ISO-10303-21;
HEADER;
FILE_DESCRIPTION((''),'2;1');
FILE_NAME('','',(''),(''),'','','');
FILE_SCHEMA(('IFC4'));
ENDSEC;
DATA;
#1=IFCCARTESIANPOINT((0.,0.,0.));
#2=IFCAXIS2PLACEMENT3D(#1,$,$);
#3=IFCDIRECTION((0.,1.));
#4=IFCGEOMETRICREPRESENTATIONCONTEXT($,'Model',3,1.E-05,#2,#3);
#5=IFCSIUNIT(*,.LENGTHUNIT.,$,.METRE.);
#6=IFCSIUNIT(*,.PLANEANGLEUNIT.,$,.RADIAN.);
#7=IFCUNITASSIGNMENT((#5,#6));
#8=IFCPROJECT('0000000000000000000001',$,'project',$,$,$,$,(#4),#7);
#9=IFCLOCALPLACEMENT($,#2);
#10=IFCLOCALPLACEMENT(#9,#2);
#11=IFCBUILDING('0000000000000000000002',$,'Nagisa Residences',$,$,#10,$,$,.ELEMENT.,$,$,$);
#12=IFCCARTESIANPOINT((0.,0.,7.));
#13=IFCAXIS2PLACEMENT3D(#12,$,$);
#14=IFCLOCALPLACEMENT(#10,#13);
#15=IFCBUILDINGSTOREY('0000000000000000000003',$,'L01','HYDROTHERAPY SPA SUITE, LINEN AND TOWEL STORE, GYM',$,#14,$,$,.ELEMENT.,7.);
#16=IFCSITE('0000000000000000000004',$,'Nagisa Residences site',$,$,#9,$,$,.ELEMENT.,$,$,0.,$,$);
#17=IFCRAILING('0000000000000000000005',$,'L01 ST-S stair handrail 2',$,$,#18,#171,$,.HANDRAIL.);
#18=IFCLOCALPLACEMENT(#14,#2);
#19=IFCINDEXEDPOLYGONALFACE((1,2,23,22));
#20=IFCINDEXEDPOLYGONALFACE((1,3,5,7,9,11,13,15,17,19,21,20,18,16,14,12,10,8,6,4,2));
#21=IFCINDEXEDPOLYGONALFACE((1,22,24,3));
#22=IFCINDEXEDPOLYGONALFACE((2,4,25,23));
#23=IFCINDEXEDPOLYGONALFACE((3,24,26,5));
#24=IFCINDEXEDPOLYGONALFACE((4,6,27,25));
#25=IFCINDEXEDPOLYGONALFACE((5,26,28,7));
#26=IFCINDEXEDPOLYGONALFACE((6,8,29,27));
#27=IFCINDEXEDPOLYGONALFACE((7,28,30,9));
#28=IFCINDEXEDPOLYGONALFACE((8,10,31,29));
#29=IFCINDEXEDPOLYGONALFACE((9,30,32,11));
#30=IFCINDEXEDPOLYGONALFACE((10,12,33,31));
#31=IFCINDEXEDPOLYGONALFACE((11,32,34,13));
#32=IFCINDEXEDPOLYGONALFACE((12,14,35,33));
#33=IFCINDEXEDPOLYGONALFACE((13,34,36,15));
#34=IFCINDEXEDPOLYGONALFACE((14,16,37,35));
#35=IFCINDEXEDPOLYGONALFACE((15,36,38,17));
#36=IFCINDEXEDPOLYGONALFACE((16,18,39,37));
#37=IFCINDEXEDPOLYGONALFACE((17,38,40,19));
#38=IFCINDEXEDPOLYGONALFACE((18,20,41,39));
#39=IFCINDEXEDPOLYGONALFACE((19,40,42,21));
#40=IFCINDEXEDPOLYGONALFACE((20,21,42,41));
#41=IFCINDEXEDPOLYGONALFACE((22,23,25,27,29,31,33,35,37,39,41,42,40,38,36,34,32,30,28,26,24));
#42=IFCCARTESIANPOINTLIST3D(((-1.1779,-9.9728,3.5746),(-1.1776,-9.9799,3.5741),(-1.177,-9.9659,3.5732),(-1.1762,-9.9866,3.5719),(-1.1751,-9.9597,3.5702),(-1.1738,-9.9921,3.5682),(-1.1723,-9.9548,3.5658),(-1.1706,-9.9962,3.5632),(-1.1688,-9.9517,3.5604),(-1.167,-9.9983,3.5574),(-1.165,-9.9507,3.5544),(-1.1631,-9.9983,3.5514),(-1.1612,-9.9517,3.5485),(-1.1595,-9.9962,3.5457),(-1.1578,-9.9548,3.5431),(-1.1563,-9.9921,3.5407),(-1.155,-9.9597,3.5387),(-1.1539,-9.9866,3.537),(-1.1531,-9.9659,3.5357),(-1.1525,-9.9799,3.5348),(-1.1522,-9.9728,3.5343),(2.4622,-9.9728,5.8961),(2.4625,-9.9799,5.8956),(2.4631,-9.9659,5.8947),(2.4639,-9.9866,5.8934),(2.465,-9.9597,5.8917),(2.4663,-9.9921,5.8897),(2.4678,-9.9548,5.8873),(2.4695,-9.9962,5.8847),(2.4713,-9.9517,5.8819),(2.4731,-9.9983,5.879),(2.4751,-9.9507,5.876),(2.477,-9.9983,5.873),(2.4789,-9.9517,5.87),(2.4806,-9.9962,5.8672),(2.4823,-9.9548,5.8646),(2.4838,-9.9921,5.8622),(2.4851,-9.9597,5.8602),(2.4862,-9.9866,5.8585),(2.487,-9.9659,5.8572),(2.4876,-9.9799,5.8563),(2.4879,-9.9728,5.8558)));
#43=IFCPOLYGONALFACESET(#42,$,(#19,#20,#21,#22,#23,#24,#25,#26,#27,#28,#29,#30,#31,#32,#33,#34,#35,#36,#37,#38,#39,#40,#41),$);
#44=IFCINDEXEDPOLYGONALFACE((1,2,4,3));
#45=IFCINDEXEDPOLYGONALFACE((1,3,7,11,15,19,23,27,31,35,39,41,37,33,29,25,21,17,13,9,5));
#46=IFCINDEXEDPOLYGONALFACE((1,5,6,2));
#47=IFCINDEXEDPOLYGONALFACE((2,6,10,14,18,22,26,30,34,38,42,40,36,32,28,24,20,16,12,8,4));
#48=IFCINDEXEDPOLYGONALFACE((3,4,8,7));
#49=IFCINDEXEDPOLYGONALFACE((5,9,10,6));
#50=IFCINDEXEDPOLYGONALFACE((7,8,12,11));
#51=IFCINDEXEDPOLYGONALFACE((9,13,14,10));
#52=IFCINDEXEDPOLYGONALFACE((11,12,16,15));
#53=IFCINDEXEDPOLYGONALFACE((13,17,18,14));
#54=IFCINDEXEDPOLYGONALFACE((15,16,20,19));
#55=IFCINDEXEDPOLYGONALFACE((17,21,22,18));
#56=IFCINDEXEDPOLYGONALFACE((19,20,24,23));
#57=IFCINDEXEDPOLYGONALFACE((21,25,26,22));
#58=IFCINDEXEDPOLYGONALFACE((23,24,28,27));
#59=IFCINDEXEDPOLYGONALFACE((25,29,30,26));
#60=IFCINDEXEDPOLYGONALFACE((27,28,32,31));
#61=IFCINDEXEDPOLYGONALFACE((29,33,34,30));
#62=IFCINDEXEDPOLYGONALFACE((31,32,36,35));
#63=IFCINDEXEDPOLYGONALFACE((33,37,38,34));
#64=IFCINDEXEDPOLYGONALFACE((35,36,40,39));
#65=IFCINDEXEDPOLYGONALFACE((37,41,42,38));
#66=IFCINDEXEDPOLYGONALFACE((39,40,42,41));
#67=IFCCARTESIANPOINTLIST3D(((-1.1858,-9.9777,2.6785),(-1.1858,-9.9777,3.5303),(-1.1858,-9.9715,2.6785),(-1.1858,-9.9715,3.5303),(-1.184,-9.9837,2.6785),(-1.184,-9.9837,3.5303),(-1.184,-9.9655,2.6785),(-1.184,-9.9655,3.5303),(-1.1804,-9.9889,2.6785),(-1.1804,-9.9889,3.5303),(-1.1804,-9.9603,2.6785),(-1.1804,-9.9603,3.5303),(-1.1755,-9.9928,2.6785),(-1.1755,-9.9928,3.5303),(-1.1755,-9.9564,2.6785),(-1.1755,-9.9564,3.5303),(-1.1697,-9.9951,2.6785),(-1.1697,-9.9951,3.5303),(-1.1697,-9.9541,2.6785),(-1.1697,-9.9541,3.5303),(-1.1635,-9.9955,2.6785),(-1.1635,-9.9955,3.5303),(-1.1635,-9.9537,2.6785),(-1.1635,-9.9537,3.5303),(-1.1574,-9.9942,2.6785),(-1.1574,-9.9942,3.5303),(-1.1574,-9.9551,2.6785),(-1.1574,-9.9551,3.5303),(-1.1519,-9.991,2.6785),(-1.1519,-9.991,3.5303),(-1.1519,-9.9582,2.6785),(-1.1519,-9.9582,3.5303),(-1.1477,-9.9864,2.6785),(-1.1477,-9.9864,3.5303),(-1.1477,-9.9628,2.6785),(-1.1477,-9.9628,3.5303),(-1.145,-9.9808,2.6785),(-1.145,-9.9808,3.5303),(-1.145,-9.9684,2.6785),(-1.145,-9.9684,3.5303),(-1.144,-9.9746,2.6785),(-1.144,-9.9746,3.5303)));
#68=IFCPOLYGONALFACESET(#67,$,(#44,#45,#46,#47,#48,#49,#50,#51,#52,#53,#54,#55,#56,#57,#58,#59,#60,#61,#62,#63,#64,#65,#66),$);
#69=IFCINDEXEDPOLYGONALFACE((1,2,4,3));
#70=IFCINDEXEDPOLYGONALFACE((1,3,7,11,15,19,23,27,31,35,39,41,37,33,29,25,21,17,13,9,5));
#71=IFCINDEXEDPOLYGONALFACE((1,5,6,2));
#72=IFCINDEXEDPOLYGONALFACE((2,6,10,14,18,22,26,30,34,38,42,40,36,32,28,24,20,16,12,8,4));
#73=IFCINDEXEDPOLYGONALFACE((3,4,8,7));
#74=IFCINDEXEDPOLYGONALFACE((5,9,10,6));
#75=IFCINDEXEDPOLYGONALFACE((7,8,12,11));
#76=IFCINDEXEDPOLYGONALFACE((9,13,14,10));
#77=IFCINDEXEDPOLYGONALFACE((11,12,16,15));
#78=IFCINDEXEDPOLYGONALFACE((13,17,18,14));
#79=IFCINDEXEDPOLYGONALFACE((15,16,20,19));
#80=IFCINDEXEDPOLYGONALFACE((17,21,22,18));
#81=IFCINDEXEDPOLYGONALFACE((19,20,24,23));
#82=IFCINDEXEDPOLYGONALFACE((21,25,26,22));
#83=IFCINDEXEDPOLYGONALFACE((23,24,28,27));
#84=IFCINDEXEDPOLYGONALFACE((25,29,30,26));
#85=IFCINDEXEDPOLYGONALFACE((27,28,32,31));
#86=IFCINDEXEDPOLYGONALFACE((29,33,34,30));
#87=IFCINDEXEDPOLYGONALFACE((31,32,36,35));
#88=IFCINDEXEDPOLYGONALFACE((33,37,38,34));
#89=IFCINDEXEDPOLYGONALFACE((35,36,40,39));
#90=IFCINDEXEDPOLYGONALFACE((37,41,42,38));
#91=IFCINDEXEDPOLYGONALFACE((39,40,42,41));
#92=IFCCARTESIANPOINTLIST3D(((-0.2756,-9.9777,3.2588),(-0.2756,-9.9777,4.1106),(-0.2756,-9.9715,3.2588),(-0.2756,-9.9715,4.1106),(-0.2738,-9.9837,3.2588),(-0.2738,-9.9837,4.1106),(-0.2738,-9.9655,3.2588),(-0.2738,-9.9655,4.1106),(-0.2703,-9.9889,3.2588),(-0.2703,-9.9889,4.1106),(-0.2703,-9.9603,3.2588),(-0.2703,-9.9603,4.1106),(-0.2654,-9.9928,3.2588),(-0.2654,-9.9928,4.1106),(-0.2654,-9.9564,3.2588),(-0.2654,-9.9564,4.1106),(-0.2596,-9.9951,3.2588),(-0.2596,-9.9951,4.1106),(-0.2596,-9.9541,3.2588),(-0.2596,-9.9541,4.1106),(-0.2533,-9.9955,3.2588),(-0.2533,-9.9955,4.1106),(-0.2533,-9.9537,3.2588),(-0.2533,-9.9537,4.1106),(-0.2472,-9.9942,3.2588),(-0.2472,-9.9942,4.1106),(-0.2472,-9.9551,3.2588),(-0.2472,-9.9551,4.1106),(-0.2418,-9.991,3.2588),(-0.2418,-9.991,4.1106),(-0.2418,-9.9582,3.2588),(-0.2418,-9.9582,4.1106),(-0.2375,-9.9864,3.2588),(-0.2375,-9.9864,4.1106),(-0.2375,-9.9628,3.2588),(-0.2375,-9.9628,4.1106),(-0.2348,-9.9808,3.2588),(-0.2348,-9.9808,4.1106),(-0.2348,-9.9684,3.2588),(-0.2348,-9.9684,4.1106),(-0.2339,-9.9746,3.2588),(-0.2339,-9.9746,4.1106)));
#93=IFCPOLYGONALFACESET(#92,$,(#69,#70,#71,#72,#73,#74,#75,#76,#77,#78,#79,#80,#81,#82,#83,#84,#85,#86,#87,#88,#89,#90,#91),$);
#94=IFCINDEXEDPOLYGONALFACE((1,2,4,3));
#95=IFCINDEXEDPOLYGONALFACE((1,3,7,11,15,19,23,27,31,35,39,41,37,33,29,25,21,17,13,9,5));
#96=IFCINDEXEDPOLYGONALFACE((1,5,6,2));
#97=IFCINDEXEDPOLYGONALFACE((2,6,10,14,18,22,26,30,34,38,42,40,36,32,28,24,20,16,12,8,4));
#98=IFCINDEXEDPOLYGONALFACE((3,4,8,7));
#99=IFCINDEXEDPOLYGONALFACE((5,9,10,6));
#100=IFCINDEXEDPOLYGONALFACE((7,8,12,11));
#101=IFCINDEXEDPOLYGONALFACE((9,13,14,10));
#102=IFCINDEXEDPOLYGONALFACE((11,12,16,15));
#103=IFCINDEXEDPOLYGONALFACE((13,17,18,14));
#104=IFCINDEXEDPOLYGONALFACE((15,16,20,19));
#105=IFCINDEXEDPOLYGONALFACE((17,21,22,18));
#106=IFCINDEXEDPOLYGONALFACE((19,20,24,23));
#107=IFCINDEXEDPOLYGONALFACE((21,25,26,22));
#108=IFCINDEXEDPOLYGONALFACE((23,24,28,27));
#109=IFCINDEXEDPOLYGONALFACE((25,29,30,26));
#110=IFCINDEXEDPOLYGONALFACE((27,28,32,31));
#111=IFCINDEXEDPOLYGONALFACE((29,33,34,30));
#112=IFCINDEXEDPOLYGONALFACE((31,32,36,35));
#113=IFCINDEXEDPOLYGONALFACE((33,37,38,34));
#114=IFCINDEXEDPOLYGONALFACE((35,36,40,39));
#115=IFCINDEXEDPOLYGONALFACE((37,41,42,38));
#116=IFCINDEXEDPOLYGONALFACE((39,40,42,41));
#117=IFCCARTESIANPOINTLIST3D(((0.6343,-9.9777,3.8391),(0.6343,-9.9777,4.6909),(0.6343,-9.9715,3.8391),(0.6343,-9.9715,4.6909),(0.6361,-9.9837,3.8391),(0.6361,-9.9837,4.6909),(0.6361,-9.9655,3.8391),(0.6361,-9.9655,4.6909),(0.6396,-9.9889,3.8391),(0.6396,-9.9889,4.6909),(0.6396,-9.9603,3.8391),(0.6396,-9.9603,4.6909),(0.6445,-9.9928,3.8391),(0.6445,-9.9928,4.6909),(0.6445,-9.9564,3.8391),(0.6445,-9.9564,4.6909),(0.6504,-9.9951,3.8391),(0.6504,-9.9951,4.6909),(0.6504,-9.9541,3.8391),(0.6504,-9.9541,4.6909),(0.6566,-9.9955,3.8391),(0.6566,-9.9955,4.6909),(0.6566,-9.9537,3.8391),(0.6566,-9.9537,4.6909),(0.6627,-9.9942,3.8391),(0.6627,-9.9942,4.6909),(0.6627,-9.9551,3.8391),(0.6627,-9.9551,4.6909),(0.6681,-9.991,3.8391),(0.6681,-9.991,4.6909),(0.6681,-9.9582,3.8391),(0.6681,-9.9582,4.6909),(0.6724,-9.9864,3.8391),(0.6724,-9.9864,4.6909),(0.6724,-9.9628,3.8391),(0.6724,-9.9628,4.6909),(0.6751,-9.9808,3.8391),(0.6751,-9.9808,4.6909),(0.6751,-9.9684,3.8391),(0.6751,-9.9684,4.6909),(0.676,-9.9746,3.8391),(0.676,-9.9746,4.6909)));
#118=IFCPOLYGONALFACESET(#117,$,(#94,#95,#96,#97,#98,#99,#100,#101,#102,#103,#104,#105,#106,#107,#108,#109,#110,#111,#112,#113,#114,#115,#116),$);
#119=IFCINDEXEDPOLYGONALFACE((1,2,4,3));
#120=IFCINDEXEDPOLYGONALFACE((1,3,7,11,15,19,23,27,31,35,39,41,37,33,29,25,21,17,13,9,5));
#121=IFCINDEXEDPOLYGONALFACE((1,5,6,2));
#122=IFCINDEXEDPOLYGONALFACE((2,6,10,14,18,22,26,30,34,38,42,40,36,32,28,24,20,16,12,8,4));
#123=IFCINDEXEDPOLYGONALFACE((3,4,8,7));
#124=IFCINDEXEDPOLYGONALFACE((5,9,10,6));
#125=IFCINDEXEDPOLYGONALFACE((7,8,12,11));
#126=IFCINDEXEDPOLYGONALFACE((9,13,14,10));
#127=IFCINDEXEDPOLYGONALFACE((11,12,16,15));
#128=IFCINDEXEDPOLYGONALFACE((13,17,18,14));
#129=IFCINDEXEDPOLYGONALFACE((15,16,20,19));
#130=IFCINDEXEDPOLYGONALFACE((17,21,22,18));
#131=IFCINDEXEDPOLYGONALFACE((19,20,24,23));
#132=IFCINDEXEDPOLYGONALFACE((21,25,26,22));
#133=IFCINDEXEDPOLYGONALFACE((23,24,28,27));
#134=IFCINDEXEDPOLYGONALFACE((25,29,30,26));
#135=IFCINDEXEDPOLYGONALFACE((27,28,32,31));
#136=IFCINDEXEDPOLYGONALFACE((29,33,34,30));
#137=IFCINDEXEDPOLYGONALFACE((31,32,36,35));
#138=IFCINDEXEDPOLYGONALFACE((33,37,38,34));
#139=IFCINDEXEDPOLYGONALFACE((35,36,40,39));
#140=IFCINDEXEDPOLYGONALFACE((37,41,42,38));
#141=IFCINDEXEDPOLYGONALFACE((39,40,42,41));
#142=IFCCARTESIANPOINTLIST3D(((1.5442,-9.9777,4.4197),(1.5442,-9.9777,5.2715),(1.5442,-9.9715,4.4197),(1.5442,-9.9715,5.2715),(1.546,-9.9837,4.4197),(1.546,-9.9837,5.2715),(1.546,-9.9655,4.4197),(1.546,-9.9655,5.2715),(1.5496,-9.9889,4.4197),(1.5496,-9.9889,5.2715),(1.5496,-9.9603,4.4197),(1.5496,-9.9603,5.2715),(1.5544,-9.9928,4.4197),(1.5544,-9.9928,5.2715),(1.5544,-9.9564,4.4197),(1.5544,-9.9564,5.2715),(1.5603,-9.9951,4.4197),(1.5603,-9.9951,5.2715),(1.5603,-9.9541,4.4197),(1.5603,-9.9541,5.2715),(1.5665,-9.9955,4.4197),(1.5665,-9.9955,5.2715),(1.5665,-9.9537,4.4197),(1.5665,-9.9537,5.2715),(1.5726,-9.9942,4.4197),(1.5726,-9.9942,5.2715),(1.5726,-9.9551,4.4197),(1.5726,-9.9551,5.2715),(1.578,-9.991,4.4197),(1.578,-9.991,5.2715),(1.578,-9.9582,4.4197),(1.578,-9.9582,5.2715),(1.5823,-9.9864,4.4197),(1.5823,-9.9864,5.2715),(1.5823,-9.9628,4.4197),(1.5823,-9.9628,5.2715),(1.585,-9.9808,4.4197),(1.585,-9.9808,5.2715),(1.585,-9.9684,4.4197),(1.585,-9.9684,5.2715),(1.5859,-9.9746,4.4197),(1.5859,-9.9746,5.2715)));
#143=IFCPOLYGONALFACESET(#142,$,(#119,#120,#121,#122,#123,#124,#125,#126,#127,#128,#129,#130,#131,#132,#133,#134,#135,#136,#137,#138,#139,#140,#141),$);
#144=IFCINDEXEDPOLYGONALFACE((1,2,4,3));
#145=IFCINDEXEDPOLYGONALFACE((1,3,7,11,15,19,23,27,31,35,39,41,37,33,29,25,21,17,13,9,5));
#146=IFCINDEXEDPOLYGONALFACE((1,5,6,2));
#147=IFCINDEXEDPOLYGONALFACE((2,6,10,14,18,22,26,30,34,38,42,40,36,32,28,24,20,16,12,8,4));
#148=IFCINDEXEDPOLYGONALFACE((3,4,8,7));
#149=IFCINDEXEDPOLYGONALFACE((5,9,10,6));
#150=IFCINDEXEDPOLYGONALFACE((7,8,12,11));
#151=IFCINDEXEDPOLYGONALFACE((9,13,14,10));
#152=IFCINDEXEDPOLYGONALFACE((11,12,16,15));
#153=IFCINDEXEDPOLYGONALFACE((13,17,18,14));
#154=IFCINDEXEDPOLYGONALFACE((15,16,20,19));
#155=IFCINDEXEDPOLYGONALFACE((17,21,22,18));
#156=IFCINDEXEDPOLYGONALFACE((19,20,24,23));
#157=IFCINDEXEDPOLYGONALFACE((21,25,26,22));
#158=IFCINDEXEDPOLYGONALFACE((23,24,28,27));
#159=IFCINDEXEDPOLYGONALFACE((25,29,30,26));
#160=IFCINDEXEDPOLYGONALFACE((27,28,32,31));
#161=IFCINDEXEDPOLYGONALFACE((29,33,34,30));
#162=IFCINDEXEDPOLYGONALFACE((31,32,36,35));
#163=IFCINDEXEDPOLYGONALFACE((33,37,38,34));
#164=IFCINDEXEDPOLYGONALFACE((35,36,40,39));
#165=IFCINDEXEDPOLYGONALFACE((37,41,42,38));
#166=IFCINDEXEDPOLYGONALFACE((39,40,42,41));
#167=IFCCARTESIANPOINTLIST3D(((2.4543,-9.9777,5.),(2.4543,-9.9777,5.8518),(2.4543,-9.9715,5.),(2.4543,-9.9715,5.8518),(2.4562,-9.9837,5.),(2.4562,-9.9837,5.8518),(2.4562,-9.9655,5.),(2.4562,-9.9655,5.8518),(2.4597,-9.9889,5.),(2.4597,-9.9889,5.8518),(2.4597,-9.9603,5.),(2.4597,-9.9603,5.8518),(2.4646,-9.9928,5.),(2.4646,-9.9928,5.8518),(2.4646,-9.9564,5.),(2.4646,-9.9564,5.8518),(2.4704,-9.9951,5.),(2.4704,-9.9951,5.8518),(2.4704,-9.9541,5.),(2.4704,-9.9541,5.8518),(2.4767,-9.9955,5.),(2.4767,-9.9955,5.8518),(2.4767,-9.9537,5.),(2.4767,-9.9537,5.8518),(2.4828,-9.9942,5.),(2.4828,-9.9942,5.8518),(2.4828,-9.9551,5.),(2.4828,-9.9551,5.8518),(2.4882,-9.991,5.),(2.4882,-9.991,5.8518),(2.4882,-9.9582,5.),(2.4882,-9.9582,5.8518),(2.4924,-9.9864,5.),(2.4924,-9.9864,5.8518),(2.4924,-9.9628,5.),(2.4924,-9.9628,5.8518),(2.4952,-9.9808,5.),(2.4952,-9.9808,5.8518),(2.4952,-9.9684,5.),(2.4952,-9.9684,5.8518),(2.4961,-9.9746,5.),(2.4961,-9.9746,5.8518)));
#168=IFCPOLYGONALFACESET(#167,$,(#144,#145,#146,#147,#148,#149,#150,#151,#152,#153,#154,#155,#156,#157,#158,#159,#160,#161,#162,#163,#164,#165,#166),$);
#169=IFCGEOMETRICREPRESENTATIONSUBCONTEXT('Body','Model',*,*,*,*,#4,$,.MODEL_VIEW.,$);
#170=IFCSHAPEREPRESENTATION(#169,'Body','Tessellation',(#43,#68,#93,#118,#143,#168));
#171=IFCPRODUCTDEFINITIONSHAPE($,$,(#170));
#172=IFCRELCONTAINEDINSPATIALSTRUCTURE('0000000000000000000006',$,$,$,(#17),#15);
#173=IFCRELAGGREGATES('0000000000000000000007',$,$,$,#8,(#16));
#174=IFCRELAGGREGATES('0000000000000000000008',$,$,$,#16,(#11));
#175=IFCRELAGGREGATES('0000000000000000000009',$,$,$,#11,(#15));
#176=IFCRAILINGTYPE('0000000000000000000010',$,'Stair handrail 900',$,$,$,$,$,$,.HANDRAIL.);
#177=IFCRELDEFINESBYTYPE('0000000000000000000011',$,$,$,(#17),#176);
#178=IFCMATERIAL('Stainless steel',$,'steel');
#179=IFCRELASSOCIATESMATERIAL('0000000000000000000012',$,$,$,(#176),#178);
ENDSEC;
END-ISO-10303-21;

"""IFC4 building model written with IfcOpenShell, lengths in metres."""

from ifc_helpers import new_model, si_unit, direction, frame, origin, origin_2d, place, context, subcontext, project, spatial, circle, extrude, material, type_object, element, save


model = new_model("IFC4")

# Units and contexts
model_context = context("Model", 3, precision=1e-05, world=origin(), true_north=direction((0.0, 1.0)))
body_context = subcontext(model_context, "Body", "Model", "MODEL_VIEW")
ifc_project = project(units=[si_unit("LENGTHUNIT", "METRE"), si_unit("PLANEANGLEUNIT", "RADIAN")], contexts=[model_context])

# Site, building, storey
site_placement = place(None, origin())
site = spatial("IfcSite", under=ifc_project, at=site_placement, Name="Nagisa Residences site", CompositionType="ELEMENT", RefElevation=0.0)
building_placement = place(site_placement, origin())
building = spatial("IfcBuilding", under=site, at=building_placement, Name="Nagisa Residences", CompositionType="ELEMENT")
storey_placement = place(building_placement, frame((0.0, 0.0, 7.0)))
storey = spatial("IfcBuildingStorey", under=building, at=storey_placement, Name="L01", Description="HYDROTHERAPY SPA SUITE, LINEN AND TOWEL STORE, GYM", CompositionType="ELEMENT", Elevation=7.0)

# Railing
ifc_material_1 = material(Name="Stainless steel", Category="steel")
railing_type = type_object("IfcRailingType", Name="Stair handrail 900", PredefinedType="HANDRAIL", material=ifc_material_1)
railing_placement = place(storey_placement, frame((-1.165, -9.9746, 2.6785)))
element("IfcRailing", 1, at=railing_placement, inside=storey, type_object=railing_type, Name="L01 ST-S stair handrail 2", PredefinedType="HANDRAIL", context=body_context, shape_type="SweptSolid", body=[
    extrude(circle(Radius=0.0239, at=origin_2d()), frame((0.0, 0.0, 0.876), z_axis=(0.843128, 0.0, 0.537713), x_axis=(0.0, 1.0, 0.0)), (0.0, 0.0, 1.0), 4.3174),
    extrude(circle(Radius=0.021, at=origin_2d()), origin(), (0.0, 0.0, 1.0), 0.8518),
    extrude(circle(Radius=0.021, at=origin_2d()), frame((0.9102, 0.0, 0.5803)), (0.0, 0.0, 1.0), 0.8518),
    extrude(circle(Radius=0.021, at=origin_2d()), frame((1.8201, 0.0, 1.1606)), (0.0, 0.0, 1.0), 0.8518),
    extrude(circle(Radius=0.021, at=origin_2d()), frame((2.73, 0.0, 1.7412)), (0.0, 0.0, 1.0), 0.8518),
    extrude(circle(Radius=0.021, at=origin_2d()), frame((3.6401, 0.0, 2.3215)), (0.0, 0.0, 1.0), 0.8518),
])

save(model, "model.ifc")
